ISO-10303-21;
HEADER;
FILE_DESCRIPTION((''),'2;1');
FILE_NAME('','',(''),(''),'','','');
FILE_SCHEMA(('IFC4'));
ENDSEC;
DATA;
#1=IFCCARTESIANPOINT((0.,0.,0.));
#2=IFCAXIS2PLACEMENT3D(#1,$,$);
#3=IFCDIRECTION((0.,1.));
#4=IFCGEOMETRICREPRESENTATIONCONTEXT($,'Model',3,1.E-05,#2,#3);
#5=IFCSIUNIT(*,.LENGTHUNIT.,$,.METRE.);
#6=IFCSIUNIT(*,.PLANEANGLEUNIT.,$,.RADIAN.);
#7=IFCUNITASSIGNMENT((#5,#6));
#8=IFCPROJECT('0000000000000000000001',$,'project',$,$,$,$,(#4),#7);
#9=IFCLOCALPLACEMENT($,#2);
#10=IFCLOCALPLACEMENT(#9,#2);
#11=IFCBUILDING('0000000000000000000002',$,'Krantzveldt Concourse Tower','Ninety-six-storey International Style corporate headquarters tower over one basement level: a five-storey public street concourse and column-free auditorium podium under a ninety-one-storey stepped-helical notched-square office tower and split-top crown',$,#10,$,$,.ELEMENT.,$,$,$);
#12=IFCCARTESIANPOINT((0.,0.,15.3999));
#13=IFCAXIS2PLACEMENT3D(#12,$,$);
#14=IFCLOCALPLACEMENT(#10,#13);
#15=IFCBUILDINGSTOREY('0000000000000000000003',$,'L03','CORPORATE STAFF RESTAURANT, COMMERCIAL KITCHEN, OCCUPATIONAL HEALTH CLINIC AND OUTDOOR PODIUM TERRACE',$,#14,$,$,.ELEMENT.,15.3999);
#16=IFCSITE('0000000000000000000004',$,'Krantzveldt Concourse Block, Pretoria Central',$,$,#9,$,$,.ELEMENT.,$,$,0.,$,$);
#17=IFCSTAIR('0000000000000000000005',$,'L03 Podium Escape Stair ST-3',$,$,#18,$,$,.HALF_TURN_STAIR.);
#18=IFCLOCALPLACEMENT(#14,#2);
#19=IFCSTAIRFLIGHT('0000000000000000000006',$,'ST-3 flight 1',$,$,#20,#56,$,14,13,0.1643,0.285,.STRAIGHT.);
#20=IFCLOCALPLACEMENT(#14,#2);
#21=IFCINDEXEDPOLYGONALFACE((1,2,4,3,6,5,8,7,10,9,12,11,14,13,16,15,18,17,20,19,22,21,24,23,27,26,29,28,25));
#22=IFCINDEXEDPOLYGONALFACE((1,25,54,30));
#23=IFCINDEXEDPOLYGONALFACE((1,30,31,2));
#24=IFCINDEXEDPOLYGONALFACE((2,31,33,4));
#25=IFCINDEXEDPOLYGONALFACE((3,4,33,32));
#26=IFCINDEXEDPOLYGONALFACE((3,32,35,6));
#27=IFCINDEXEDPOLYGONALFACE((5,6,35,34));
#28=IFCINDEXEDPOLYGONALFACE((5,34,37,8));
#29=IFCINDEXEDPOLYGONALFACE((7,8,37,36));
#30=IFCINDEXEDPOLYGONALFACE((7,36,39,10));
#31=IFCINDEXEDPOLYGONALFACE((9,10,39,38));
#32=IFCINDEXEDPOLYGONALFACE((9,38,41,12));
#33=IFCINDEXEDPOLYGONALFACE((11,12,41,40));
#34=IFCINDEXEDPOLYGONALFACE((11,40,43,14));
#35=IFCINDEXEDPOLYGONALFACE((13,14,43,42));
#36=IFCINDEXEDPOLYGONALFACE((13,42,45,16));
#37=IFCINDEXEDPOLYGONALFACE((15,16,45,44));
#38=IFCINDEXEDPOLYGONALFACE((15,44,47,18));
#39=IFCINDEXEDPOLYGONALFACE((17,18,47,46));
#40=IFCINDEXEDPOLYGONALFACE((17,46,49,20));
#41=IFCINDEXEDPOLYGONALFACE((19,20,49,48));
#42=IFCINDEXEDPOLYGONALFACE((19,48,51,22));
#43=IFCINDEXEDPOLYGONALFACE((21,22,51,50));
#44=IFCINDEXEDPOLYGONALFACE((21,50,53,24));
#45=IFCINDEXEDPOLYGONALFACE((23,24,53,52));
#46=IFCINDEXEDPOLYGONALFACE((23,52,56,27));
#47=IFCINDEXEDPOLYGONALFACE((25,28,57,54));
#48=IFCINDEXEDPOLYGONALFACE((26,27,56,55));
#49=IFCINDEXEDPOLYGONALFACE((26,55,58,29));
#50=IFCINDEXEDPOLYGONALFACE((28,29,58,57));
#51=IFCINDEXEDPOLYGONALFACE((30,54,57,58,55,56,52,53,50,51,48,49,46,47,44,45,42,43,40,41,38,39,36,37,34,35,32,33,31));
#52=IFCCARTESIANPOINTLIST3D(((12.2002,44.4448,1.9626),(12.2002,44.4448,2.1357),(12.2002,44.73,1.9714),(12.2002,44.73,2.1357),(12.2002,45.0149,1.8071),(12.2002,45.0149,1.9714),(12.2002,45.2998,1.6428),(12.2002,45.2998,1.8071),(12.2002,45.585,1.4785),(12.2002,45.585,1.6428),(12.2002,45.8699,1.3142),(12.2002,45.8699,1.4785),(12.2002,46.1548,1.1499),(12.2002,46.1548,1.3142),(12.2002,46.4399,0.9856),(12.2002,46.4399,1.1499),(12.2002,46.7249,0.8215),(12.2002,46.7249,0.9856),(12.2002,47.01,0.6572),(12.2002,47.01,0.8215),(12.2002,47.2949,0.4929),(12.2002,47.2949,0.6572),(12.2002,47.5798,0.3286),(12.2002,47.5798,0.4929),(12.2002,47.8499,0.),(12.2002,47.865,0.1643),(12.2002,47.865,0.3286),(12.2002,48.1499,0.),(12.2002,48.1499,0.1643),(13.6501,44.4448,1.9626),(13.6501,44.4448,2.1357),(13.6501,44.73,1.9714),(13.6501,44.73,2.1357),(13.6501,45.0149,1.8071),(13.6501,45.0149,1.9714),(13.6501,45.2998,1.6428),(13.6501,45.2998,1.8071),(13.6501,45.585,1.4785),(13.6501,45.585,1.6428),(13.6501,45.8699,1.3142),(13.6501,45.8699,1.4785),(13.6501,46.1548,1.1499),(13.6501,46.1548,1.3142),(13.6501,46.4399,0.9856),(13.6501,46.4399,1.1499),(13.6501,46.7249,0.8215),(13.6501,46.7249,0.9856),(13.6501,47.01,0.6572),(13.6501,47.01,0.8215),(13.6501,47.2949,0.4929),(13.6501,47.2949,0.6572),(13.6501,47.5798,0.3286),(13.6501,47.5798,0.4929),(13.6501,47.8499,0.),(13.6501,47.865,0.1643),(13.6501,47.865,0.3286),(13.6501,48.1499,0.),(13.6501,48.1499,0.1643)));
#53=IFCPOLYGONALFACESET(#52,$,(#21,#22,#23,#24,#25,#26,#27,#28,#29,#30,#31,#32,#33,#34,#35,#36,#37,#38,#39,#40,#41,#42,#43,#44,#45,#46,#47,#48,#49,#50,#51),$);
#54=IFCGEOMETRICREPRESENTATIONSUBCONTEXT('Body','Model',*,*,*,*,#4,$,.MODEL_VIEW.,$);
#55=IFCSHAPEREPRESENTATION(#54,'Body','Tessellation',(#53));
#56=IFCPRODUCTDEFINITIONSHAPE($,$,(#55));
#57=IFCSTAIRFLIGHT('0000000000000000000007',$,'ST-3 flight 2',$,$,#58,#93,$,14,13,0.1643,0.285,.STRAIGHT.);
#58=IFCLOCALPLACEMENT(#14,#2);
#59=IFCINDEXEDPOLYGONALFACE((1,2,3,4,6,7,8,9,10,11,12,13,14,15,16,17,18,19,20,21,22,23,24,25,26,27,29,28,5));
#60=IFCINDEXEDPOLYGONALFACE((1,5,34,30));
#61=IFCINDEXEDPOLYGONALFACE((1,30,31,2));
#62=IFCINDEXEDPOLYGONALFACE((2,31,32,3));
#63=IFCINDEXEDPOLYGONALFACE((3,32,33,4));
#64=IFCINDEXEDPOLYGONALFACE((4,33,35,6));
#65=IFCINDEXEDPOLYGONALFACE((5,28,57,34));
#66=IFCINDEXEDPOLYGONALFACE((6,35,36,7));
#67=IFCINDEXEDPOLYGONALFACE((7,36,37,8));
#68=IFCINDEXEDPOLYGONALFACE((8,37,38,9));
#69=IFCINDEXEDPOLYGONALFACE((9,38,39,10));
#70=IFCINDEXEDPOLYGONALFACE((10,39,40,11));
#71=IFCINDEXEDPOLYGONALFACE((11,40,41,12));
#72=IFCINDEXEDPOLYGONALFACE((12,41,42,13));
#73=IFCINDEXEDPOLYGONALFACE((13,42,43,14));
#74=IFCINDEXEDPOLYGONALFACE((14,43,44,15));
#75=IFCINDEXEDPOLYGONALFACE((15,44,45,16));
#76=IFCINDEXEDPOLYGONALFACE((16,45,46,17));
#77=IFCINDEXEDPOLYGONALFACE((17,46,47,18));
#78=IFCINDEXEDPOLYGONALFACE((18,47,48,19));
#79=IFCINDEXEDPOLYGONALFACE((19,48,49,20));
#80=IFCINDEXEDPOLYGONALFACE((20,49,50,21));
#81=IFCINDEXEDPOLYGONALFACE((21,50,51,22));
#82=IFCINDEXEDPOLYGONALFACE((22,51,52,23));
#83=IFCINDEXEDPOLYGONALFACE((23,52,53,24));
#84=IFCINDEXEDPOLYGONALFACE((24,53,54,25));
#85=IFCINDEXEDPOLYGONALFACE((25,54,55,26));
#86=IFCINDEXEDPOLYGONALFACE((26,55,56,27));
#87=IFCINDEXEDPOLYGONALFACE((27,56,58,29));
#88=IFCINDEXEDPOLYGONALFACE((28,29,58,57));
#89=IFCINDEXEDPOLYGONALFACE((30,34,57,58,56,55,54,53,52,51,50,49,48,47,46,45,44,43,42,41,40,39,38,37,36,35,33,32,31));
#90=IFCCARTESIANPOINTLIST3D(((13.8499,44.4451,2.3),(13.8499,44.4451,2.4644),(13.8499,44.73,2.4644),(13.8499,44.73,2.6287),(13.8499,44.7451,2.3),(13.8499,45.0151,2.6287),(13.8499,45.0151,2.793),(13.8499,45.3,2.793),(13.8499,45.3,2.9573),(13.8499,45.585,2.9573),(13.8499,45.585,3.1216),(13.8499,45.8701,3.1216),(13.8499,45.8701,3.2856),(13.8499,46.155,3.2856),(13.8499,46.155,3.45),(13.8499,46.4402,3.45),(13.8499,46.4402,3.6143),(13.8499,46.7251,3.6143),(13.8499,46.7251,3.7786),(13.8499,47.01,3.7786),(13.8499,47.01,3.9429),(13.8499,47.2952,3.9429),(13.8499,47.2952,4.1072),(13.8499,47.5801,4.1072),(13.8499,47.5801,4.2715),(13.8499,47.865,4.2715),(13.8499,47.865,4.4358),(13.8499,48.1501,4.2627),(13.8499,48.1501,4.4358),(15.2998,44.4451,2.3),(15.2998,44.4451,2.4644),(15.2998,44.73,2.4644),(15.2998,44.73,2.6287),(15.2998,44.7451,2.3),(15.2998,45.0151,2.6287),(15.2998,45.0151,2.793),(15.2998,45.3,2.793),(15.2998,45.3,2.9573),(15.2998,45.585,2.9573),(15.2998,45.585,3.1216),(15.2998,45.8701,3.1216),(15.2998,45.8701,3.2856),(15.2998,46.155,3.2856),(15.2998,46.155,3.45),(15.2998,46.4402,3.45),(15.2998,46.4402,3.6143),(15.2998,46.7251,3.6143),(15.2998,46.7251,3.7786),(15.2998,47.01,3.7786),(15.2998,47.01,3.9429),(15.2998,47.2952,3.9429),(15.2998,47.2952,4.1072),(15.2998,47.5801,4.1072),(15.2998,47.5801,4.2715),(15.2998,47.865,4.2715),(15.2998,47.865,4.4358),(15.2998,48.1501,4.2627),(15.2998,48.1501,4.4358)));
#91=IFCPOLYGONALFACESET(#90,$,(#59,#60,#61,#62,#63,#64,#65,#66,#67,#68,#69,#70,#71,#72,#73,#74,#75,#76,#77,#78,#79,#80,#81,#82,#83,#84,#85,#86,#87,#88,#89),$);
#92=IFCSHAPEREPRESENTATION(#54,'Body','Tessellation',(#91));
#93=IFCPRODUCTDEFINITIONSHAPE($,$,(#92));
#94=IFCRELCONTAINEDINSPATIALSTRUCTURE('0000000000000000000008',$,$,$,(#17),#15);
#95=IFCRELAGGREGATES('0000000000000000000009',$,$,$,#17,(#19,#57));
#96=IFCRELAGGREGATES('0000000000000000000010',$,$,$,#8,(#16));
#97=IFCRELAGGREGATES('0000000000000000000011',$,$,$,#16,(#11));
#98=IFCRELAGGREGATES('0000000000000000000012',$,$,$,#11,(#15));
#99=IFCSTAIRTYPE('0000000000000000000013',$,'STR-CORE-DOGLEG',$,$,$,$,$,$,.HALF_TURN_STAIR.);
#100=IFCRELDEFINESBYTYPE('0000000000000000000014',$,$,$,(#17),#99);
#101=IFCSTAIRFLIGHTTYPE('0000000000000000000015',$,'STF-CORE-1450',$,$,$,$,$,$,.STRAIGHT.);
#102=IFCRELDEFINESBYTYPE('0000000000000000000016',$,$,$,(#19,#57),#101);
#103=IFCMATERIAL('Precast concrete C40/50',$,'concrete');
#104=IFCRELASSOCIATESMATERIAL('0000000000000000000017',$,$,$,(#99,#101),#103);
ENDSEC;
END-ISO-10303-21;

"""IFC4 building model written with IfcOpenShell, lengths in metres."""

from ifc_helpers import new_model, si_unit, direction, frame, origin, place, context, subcontext, project, spatial, polyline, outline, extrude, material, type_object, element, aggregate, save


model = new_model("IFC4")

# Units and contexts
model_context = context("Model", 3, precision=1e-05, world=origin(), true_north=direction((0.0, 1.0)))
body_context = subcontext(model_context, "Body", "Model", "MODEL_VIEW")
ifc_project = project(units=[si_unit("LENGTHUNIT", "METRE"), si_unit("PLANEANGLEUNIT", "RADIAN")], contexts=[model_context])

# Site, building, storey
site_placement = place(None, origin())
site = spatial("IfcSite", under=ifc_project, at=site_placement, Name="Krantzveldt Concourse Block, Pretoria Central", CompositionType="ELEMENT", RefElevation=0.0)
building_placement = place(site_placement, origin())
building = spatial("IfcBuilding", under=site, at=building_placement, Name="Krantzveldt Concourse Tower", Description="Ninety-six-storey International Style corporate headquarters tower over one basement level: a five-storey public street concourse and column-free auditorium podium under a ninety-one-storey stepped-helical notched-square office tower and split-top crown", CompositionType="ELEMENT")
storey_placement = place(building_placement, frame((0.0, 0.0, 15.3999)))
storey = spatial("IfcBuildingStorey", under=building, at=storey_placement, Name="L03", Description="CORPORATE STAFF RESTAURANT, COMMERCIAL KITCHEN, OCCUPATIONAL HEALTH CLINIC AND OUTDOOR PODIUM TERRACE", CompositionType="ELEMENT", Elevation=15.3999)

# Stair, stair flights
ifc_material_1 = material(Name="Precast concrete C40/50", Category="concrete")
stair_type = type_object("IfcStairType", Name="STR-CORE-DOGLEG", PredefinedType="HALF_TURN_STAIR", material=ifc_material_1)
stair_placement = place(storey_placement, origin())
stair = element("IfcStair", 1, at=stair_placement, inside=storey, type_object=stair_type, Name="L03 Podium Escape Stair ST-3", PredefinedType="HALF_TURN_STAIR")
stair_flight_type = type_object("IfcStairFlightType", Name="STF-CORE-1450", PredefinedType="STRAIGHT", material=ifc_material_1)
stair_flight_1_placement = place(storey_placement, frame((12.925, 48.1499, 0.0), z_axis=(0.0, 0.0, 1.0), x_axis=(0.0, -1.0, 0.0)))
stair_flight_1 = element("IfcStairFlight", 2, at=stair_flight_1_placement, type_object=stair_flight_type, Name="ST-3 flight 1", NumberOfRisers=14, NumberOfTreads=13, PredefinedType="STRAIGHT", RiserHeight=0.1643, TreadLength=0.285, context=body_context, shape_type="SweptSolid", body=[
    extrude(outline(polyline([(0.0, 0.0), (0.0, 0.1643), (0.2849, 0.1643), (0.2849, 0.3286), (0.5701, 0.3286), (0.5701, 0.4929), (0.855, 0.4929), (0.855, 0.6572), (1.1399, 0.6572), (1.1399, 0.8215), (1.425, 0.8215), (1.425, 0.9856), (1.71, 0.9856), (1.71, 1.1499), (1.9951, 1.1499), (1.9951, 1.3142), (2.28, 1.3142), (2.28, 1.4785), (2.5649, 1.4785), (2.5649, 1.6428), (2.8501, 1.6428), (2.8501, 1.8071), (3.135, 1.8071), (3.135, 1.9714), (3.4199, 1.9714), (3.4199, 2.1357), (3.7051, 2.1357), (3.7051, 2.3), (3.7051, 1.9626), (0.3, 0.0), (0.0, 0.0)])), frame((0.0, 0.7251, 0.0), z_axis=(0.0, -1.0, 0.0), x_axis=(1.0, 0.0, 0.0)), (0.0, 0.0, 1.0), 1.45),
])
stair_flight_2_placement = place(storey_placement, frame((14.575, 44.4451, 2.3), z_axis=(0.0, 0.0, 1.0), x_axis=(0.0, 1.0, 0.0)))
stair_flight_2 = element("IfcStairFlight", 3, at=stair_flight_2_placement, type_object=stair_flight_type, Name="ST-3 flight 2", NumberOfRisers=14, NumberOfTreads=13, PredefinedType="STRAIGHT", RiserHeight=0.1643, TreadLength=0.285, context=body_context, shape_type="SweptSolid", body=[
    extrude(outline(polyline([(0.0, 0.0), (0.0, 0.1643), (0.2849, 0.1643), (0.2849, 0.3286), (0.5701, 0.3286), (0.5701, 0.4929), (0.855, 0.4929), (0.855, 0.6572), (1.1399, 0.6572), (1.1399, 0.8215), (1.425, 0.8215), (1.425, 0.9856), (1.71, 0.9856), (1.71, 1.1499), (1.9951, 1.1499), (1.9951, 1.3142), (2.28, 1.3142), (2.28, 1.4785), (2.5649, 1.4785), (2.5649, 1.6428), (2.8501, 1.6428), (2.8501, 1.8071), (3.135, 1.8071), (3.135, 1.9714), (3.4199, 1.9714), (3.4199, 2.1357), (3.7051, 2.1357), (3.7051, 2.3), (3.7051, 1.9626), (0.3, 0.0), (0.0, 0.0)])), frame((0.0, 0.7251, 0.0), z_axis=(0.0, -1.0, 0.0), x_axis=(1.0, 0.0, 0.0)), (0.0, 0.0, 1.0), 1.45),
])
aggregate(stair, [stair_flight_1, stair_flight_2])

save(model, "model.ifc")
